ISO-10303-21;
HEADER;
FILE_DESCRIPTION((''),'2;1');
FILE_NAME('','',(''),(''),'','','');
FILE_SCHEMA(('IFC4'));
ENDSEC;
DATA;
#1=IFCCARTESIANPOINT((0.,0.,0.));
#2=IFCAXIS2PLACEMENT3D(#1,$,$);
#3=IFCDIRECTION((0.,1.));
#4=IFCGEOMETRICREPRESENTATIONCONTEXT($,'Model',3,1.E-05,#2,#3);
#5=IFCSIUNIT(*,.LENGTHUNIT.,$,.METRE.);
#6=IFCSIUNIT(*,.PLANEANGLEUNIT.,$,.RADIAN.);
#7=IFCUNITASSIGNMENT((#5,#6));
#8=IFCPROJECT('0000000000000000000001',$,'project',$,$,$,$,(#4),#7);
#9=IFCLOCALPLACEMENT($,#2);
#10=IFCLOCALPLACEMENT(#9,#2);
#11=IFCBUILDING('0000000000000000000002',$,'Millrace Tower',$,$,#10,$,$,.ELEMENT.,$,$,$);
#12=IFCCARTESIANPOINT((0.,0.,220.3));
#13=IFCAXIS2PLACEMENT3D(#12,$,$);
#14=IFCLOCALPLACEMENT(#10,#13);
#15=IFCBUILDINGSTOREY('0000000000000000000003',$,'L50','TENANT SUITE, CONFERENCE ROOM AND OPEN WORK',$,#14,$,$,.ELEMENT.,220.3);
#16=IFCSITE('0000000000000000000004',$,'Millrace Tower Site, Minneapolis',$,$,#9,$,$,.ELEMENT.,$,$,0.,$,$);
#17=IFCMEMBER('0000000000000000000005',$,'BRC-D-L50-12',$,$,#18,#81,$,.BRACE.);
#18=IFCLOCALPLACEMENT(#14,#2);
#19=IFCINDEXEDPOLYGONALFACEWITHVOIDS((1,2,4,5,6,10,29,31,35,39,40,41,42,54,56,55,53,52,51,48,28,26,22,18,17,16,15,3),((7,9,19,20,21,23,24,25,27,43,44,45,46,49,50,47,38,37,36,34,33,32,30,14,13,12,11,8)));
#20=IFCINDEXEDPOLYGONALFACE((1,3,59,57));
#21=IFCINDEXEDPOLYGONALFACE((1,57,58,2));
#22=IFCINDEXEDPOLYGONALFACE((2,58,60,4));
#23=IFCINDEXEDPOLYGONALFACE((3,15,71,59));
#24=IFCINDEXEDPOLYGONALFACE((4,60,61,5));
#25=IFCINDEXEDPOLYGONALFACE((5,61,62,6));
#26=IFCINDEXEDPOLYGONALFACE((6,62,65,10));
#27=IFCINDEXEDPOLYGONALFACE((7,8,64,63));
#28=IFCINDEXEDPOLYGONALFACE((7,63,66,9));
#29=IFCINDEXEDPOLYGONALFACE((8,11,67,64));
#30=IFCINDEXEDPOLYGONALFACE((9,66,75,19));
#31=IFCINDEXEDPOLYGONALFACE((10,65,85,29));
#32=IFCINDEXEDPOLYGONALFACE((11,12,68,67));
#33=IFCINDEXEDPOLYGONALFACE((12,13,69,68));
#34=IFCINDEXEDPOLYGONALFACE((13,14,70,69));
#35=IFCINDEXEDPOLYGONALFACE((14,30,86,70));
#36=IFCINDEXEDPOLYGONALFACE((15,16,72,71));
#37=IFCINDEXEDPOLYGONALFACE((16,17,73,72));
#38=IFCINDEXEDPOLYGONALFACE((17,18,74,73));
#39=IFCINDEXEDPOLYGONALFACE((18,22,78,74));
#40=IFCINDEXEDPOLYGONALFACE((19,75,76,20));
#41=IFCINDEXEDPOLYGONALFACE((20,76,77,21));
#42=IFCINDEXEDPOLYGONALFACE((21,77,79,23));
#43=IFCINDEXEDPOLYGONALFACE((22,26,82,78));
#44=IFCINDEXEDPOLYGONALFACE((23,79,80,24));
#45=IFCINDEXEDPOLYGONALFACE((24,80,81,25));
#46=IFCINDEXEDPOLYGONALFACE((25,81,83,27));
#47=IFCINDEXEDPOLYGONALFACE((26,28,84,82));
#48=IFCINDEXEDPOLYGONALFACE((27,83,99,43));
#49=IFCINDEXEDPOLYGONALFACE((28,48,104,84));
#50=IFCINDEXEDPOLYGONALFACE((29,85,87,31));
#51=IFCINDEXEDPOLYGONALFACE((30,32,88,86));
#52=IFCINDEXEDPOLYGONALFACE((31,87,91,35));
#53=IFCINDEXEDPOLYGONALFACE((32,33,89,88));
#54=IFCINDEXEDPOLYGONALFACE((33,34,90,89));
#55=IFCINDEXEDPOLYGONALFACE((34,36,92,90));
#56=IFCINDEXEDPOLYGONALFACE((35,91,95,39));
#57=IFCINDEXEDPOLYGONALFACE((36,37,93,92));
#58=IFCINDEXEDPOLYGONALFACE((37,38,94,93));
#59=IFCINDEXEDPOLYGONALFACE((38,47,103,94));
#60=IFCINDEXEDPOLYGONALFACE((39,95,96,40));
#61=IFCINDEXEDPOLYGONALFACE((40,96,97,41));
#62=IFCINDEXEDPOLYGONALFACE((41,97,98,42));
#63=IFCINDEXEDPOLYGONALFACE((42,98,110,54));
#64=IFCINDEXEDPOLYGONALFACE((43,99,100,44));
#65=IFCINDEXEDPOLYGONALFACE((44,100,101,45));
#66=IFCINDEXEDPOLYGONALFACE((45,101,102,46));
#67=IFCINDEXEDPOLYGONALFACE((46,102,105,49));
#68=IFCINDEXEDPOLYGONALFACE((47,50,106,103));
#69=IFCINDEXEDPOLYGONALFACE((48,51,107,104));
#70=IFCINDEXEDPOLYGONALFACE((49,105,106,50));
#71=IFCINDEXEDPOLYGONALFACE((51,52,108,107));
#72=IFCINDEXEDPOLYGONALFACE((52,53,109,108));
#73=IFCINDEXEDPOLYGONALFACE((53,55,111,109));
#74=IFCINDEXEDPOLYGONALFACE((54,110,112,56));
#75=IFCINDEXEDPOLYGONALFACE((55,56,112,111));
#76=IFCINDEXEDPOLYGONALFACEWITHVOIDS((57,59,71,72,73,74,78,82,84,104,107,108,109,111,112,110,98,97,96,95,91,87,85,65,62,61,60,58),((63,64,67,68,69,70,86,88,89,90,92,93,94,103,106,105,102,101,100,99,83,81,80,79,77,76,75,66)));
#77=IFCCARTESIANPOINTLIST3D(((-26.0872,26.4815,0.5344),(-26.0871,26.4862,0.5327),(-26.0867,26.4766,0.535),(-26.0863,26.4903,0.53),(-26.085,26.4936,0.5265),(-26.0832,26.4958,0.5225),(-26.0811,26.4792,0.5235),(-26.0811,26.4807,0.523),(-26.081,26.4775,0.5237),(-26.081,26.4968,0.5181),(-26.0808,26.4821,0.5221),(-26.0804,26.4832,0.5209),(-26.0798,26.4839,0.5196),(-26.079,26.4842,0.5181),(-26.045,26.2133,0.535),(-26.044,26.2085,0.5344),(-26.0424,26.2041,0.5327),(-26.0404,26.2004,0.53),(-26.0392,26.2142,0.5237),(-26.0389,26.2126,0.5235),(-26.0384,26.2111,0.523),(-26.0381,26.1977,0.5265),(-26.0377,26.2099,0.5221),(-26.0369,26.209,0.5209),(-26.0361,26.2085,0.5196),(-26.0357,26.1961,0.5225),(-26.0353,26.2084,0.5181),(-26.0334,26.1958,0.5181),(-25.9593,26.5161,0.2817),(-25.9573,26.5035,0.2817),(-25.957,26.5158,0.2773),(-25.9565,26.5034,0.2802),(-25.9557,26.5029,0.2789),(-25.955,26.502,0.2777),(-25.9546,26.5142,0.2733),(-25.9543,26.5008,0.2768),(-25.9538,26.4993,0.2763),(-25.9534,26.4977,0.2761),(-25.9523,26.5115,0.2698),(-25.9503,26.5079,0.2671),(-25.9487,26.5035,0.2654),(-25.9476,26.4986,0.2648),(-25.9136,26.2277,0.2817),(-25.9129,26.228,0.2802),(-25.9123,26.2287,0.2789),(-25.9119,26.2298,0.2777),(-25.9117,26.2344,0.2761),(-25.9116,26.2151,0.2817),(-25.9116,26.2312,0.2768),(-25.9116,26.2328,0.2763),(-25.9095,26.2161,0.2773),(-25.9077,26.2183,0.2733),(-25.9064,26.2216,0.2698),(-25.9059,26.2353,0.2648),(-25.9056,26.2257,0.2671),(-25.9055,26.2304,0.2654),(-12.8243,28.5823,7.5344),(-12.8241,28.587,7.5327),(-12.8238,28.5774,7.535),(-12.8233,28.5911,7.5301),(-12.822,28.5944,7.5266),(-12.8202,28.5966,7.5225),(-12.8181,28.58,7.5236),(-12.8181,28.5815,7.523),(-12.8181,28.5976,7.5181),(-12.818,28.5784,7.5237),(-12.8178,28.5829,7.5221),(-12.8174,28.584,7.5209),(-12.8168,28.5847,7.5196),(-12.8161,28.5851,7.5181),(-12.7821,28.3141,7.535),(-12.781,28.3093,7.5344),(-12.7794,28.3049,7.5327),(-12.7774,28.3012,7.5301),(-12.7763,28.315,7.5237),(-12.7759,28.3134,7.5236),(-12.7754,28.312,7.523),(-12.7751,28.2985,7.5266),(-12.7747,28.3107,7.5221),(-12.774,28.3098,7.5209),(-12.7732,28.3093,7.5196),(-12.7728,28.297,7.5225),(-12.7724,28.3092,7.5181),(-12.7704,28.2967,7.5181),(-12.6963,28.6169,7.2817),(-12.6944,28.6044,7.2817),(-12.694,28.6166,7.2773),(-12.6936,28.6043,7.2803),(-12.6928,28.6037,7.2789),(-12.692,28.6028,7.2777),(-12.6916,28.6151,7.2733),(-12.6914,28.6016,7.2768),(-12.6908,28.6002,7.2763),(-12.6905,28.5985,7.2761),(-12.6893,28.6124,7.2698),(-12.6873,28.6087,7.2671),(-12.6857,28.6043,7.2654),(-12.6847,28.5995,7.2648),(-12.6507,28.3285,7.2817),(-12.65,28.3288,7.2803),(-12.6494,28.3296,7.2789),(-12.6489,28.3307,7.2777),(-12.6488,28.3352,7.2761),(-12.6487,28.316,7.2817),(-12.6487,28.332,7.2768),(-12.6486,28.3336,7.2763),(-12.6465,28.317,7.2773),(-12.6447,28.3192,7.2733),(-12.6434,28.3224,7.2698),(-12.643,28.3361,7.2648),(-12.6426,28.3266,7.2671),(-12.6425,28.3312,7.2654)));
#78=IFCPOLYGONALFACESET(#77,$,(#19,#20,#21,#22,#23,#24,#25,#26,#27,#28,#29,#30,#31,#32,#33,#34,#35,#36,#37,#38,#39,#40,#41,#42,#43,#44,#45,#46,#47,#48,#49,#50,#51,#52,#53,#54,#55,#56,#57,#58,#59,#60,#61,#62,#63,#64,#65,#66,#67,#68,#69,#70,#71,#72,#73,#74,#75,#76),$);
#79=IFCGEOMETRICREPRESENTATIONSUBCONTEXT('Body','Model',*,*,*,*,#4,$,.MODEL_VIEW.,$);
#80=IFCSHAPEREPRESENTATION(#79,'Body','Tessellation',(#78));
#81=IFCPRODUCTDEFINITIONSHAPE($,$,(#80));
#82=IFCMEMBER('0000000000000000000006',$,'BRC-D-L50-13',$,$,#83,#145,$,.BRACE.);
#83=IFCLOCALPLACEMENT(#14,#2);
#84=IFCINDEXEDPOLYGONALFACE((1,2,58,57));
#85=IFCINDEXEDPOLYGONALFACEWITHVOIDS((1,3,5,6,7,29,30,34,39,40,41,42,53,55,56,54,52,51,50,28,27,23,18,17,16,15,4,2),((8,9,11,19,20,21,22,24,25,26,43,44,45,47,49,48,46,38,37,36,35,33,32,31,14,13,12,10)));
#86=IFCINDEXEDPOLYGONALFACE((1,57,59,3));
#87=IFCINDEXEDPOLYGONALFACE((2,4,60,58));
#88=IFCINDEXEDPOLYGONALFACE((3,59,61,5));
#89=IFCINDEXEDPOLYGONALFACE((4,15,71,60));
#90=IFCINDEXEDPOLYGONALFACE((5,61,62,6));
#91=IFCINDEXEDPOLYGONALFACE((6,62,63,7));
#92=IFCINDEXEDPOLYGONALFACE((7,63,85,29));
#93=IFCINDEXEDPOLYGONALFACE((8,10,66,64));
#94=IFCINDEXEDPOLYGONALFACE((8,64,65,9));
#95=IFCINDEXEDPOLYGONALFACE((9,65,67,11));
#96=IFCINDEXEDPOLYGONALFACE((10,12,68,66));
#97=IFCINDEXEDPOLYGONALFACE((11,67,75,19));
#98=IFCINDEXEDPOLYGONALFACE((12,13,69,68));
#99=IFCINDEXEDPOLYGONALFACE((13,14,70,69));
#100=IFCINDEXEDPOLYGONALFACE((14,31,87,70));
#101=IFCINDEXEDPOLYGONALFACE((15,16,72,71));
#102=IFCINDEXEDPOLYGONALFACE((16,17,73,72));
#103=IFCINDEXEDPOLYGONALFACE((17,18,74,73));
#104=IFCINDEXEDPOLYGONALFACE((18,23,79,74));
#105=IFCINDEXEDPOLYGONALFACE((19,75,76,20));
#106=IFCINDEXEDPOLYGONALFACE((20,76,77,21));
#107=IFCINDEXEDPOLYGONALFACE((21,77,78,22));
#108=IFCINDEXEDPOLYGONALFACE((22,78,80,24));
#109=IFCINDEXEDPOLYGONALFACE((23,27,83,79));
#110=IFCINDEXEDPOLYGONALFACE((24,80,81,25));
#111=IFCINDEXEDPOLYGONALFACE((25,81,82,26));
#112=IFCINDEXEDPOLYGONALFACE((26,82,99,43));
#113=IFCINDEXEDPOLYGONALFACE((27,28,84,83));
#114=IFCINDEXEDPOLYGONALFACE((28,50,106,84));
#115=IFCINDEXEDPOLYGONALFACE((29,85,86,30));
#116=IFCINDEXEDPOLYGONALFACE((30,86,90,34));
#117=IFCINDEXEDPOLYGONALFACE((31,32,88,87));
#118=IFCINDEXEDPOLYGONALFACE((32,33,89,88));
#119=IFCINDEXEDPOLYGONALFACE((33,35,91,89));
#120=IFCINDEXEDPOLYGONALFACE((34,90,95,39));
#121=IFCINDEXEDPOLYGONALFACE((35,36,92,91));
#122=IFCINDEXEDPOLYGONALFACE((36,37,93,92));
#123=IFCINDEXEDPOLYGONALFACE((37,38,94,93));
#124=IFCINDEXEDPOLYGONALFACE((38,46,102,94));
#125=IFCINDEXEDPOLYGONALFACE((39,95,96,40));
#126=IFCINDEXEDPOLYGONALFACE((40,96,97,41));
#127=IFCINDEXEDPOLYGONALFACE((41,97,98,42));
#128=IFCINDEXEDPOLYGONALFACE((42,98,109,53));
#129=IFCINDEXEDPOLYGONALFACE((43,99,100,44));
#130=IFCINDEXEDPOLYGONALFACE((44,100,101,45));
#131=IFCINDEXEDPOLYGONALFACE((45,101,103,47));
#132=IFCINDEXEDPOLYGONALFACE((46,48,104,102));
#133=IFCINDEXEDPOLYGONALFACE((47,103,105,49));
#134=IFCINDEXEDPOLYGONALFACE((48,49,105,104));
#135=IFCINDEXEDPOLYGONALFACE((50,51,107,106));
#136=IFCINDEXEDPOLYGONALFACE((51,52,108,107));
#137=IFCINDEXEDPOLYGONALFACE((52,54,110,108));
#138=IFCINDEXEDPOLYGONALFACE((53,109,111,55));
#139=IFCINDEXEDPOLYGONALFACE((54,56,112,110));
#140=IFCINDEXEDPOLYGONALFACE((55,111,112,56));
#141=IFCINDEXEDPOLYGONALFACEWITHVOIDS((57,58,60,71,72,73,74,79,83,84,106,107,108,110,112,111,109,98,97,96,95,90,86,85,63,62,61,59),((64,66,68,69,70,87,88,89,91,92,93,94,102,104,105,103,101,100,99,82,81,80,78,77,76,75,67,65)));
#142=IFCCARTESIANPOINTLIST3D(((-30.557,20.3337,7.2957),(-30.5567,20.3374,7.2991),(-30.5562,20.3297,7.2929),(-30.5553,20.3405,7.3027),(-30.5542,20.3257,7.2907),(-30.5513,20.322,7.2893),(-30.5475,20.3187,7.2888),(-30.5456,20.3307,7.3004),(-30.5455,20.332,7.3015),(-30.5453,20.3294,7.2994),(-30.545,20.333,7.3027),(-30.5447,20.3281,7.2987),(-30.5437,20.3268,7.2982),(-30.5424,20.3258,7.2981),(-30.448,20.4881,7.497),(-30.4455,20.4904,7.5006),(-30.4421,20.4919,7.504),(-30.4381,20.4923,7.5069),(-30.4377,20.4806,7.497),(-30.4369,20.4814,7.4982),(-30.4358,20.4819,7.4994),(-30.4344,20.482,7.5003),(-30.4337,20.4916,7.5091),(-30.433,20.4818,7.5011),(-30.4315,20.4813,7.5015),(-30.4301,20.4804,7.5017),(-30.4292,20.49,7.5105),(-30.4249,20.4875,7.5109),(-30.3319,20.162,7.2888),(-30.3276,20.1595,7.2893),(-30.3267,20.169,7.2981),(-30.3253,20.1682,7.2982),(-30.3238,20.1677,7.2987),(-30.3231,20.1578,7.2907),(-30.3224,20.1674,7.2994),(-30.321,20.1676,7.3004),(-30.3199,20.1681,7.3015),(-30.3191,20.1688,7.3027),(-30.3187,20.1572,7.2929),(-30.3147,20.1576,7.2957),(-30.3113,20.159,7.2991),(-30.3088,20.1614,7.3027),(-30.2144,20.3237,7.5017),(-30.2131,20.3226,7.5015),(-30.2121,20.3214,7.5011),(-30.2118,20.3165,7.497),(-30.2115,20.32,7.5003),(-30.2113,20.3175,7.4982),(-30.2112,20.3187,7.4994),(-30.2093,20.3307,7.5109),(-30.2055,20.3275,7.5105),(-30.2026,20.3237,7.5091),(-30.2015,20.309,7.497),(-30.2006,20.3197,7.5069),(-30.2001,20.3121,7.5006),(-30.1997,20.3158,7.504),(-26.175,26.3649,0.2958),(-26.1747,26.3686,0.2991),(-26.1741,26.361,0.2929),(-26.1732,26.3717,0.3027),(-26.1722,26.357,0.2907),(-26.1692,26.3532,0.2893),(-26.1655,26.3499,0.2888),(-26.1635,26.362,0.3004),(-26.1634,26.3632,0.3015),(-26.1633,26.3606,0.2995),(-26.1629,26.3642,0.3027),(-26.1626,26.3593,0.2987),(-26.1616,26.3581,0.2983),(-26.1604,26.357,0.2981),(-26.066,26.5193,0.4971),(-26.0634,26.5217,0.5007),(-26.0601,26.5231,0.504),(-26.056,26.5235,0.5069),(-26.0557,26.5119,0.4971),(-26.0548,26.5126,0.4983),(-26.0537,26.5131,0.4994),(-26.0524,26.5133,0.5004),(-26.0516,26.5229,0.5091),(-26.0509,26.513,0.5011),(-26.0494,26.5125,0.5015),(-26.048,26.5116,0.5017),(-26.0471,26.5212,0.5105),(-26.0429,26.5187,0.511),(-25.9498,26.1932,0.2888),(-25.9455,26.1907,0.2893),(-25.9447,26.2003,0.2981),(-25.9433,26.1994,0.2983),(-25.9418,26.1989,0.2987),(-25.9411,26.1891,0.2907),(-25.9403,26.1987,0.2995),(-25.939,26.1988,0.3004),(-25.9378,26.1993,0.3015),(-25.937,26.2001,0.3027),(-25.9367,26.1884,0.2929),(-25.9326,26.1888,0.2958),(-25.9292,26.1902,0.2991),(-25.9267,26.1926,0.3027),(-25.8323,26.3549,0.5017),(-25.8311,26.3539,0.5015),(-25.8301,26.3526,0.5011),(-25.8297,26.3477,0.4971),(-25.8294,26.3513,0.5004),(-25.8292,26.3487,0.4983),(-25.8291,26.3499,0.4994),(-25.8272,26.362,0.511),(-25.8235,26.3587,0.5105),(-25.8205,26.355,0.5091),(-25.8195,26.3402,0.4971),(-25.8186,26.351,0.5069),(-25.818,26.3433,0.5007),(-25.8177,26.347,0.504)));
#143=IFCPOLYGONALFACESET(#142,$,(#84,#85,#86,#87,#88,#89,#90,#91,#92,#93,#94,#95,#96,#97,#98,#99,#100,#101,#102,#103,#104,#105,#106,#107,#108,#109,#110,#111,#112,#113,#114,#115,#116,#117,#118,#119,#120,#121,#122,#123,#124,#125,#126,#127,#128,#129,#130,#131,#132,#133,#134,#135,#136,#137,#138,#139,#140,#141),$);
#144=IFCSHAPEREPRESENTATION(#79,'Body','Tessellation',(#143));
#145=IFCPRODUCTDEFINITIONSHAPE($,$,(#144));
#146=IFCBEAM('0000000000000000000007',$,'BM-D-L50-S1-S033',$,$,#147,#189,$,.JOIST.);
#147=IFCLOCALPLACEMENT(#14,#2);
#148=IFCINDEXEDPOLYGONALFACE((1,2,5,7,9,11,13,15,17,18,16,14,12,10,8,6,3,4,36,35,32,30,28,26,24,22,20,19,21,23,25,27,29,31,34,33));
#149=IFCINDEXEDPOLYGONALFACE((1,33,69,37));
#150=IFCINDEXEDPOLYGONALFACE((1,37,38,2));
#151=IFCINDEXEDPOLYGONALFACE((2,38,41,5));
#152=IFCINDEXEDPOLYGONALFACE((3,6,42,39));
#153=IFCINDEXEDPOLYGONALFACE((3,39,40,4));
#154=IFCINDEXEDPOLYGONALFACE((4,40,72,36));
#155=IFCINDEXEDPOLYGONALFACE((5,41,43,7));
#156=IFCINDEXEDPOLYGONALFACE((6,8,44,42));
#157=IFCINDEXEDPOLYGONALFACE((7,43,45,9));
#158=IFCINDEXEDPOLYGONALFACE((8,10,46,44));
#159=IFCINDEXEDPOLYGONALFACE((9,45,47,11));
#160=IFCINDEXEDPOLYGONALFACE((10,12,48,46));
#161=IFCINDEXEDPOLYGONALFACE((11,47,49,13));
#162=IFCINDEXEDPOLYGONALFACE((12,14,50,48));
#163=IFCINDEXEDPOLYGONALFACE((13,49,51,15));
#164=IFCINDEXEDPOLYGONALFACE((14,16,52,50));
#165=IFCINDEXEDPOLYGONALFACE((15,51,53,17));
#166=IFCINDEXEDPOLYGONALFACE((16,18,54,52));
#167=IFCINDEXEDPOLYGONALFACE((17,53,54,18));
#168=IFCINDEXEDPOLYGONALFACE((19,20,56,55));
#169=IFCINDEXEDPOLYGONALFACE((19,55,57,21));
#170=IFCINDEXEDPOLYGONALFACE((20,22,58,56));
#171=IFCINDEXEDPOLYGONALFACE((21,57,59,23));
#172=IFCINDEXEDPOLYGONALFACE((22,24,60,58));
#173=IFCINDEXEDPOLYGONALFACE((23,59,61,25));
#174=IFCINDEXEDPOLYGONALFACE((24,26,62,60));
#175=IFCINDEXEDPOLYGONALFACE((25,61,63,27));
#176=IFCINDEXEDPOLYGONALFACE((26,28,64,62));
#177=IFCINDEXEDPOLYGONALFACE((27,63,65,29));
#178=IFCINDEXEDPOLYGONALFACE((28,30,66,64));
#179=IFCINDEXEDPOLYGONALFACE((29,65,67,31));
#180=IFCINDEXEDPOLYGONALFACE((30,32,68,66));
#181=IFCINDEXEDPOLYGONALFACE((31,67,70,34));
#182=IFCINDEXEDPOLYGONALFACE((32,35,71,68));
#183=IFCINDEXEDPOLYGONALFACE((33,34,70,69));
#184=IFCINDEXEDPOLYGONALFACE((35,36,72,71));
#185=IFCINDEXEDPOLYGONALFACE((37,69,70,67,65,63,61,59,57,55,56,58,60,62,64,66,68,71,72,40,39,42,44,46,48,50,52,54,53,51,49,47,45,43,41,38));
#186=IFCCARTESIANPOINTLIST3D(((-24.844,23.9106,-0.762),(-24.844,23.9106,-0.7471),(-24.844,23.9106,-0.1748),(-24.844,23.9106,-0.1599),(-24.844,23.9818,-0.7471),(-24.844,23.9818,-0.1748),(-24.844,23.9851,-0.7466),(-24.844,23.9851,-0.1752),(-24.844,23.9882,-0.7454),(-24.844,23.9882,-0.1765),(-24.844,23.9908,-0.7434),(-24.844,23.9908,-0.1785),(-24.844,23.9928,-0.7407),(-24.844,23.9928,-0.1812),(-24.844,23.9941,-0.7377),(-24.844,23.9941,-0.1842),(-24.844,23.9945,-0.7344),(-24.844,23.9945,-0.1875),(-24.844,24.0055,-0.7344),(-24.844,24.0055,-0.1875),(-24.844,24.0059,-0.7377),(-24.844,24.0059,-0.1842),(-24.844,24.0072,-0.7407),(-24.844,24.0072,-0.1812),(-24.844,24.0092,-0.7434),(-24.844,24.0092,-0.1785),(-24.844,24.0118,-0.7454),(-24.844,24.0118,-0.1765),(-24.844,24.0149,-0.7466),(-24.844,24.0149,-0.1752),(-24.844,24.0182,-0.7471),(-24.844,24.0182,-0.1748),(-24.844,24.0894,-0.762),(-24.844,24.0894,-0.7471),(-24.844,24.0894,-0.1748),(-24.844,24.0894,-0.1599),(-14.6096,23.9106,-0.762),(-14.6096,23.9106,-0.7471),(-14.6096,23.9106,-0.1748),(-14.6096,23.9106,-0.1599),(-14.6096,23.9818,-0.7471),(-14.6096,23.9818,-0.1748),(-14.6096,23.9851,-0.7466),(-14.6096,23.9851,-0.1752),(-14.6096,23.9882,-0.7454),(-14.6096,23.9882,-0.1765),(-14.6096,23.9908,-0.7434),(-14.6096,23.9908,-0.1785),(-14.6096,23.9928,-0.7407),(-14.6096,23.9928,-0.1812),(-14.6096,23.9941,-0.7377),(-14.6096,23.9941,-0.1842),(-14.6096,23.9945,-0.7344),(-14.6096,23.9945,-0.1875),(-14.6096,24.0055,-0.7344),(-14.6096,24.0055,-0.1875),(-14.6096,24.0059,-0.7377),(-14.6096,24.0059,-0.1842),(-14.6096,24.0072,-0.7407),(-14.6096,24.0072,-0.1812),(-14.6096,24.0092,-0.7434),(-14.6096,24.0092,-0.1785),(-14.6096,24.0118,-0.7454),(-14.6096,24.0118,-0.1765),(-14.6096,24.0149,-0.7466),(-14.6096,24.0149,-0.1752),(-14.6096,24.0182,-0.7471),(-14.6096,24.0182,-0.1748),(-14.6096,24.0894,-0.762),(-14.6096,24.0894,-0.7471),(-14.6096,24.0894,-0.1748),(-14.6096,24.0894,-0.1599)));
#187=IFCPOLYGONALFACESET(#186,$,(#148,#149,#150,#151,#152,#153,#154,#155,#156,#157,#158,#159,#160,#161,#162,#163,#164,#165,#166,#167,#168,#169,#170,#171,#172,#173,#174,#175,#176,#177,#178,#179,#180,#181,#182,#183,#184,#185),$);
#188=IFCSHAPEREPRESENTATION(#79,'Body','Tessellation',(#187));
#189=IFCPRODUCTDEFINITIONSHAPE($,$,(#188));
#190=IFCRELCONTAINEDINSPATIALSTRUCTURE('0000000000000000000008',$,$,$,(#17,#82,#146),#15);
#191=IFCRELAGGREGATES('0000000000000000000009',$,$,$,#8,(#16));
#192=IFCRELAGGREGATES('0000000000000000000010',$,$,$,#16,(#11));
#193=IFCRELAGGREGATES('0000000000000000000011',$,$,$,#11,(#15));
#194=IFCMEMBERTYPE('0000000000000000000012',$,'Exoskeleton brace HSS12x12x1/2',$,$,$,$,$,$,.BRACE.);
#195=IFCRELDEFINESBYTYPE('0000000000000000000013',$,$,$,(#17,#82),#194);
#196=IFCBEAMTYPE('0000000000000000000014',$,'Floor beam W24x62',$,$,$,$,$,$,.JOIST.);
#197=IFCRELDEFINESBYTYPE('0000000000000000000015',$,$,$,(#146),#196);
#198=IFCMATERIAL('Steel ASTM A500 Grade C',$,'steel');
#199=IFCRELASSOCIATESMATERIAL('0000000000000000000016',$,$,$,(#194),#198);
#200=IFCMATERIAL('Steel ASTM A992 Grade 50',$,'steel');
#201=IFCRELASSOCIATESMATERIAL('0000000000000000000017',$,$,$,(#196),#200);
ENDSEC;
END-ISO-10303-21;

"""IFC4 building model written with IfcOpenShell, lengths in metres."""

from ifc_helpers import new_model, si_unit, direction, frame, origin, origin_2d, place, context, subcontext, project, spatial, hollow_rectangle, i_section, extrude, material, material_profile, profile_set, type_object, element, save


model = new_model("IFC4")

# Units and contexts
model_context = context("Model", 3, precision=1e-05, world=origin(), true_north=direction((0.0, 1.0)))
body_context = subcontext(model_context, "Body", "Model", "MODEL_VIEW")
ifc_project = project(units=[si_unit("LENGTHUNIT", "METRE"), si_unit("PLANEANGLEUNIT", "RADIAN")], contexts=[model_context])

# Site, building, storey
site_placement = place(None, origin())
site = spatial("IfcSite", under=ifc_project, at=site_placement, Name="Millrace Tower Site, Minneapolis", CompositionType="ELEMENT", RefElevation=0.0)
building_placement = place(site_placement, origin())
building = spatial("IfcBuilding", under=site, at=building_placement, Name="Millrace Tower", CompositionType="ELEMENT")
storey_placement = place(building_placement, frame((0.0, 0.0, 220.3)))
storey = spatial("IfcBuildingStorey", under=building, at=storey_placement, Name="L50", Description="TENANT SUITE, CONFERENCE ROOM AND OPEN WORK", CompositionType="ELEMENT", Elevation=220.3)

# Members
ifc_material_1 = material(Name="Steel ASTM A500 Grade C", Category="steel")
ifc_material_profile_1 = material_profile(ifc_material_1, hollow_rectangle(XDim=0.3047, YDim=0.3047, WallThickness=0.0127, InnerFilletRadius=0.0063, OuterFilletRadius=0.019, at=origin_2d()))
ifc_profile_set_1 = profile_set([ifc_material_profile_1], Name="Steel ASTM A500 Grade C")
member_type_1 = type_object("IfcMemberType", Name="Exoskeleton brace HSS12x12x1/2", PredefinedType="BRACE", material=ifc_profile_set_1)
member_1_placement = place(storey_placement, frame((-25.9963, 26.356, 0.3999), z_axis=(0.87583, 0.13873, 0.462251), x_axis=(-0.156448, 0.987686, 0.0)))
element("IfcMember", 1, at=member_1_placement, inside=storey, type_object=member_type_1, Name="BRC-D-L50-12", PredefinedType="BRACE", context=body_context, shape_type="SweptSolid", body=[
    extrude(hollow_rectangle(XDim=0.3047, YDim=0.3047, WallThickness=0.0127, InnerFilletRadius=0.0063, OuterFilletRadius=0.019, at=origin_2d()), origin(), (0.0, 0.0, 1.0), 15.1433),
])
member_2_placement = place(storey_placement, frame((-25.9963, 26.356, 0.3999), z_axis=(-0.428508, -0.589774, 0.684505), x_axis=(0.809009, -0.587796, 0.0)))
element("IfcMember", 2, at=member_2_placement, inside=storey, type_object=member_type_1, Name="BRC-D-L50-13", PredefinedType="BRACE", context=body_context, shape_type="SweptSolid", body=[
    extrude(hollow_rectangle(XDim=0.3047, YDim=0.3047, WallThickness=0.0127, InnerFilletRadius=0.0063, OuterFilletRadius=0.019, at=origin_2d()), origin(), (0.0, 0.0, 1.0), 10.2263),
])

# Beam
ifc_material_2 = material(Name="Steel ASTM A992 Grade 50", Category="steel")
ifc_material_profile_2 = material_profile(ifc_material_2, i_section(OverallWidth=0.1787, OverallDepth=0.6021, WebThickness=0.011, FlangeThickness=0.0149, FilletRadius=0.0127, at=origin_2d()))
ifc_profile_set_2 = profile_set([ifc_material_profile_2], Name="Steel ASTM A992 Grade 50")
beam_type_1 = type_object("IfcBeamType", Name="Floor beam W24x62", PredefinedType="JOIST", material=ifc_profile_set_2)
beam_1_placement = place(storey_placement, frame((-24.844, 24.0, -0.4609), z_axis=(1.0, 0.0, 0.0), x_axis=(0.0, 1.0, 0.0)))
element("IfcBeam", 3, at=beam_1_placement, inside=storey, type_object=beam_type_1, Name="BM-D-L50-S1-S033", PredefinedType="JOIST", context=body_context, shape_type="SweptSolid", body=[
    extrude(i_section(OverallWidth=0.1787, OverallDepth=0.6021, WebThickness=0.011, FlangeThickness=0.0149, FilletRadius=0.0127, at=origin_2d()), origin(), (0.0, 0.0, 1.0), 10.2344),
])

save(model, "model.ifc")
